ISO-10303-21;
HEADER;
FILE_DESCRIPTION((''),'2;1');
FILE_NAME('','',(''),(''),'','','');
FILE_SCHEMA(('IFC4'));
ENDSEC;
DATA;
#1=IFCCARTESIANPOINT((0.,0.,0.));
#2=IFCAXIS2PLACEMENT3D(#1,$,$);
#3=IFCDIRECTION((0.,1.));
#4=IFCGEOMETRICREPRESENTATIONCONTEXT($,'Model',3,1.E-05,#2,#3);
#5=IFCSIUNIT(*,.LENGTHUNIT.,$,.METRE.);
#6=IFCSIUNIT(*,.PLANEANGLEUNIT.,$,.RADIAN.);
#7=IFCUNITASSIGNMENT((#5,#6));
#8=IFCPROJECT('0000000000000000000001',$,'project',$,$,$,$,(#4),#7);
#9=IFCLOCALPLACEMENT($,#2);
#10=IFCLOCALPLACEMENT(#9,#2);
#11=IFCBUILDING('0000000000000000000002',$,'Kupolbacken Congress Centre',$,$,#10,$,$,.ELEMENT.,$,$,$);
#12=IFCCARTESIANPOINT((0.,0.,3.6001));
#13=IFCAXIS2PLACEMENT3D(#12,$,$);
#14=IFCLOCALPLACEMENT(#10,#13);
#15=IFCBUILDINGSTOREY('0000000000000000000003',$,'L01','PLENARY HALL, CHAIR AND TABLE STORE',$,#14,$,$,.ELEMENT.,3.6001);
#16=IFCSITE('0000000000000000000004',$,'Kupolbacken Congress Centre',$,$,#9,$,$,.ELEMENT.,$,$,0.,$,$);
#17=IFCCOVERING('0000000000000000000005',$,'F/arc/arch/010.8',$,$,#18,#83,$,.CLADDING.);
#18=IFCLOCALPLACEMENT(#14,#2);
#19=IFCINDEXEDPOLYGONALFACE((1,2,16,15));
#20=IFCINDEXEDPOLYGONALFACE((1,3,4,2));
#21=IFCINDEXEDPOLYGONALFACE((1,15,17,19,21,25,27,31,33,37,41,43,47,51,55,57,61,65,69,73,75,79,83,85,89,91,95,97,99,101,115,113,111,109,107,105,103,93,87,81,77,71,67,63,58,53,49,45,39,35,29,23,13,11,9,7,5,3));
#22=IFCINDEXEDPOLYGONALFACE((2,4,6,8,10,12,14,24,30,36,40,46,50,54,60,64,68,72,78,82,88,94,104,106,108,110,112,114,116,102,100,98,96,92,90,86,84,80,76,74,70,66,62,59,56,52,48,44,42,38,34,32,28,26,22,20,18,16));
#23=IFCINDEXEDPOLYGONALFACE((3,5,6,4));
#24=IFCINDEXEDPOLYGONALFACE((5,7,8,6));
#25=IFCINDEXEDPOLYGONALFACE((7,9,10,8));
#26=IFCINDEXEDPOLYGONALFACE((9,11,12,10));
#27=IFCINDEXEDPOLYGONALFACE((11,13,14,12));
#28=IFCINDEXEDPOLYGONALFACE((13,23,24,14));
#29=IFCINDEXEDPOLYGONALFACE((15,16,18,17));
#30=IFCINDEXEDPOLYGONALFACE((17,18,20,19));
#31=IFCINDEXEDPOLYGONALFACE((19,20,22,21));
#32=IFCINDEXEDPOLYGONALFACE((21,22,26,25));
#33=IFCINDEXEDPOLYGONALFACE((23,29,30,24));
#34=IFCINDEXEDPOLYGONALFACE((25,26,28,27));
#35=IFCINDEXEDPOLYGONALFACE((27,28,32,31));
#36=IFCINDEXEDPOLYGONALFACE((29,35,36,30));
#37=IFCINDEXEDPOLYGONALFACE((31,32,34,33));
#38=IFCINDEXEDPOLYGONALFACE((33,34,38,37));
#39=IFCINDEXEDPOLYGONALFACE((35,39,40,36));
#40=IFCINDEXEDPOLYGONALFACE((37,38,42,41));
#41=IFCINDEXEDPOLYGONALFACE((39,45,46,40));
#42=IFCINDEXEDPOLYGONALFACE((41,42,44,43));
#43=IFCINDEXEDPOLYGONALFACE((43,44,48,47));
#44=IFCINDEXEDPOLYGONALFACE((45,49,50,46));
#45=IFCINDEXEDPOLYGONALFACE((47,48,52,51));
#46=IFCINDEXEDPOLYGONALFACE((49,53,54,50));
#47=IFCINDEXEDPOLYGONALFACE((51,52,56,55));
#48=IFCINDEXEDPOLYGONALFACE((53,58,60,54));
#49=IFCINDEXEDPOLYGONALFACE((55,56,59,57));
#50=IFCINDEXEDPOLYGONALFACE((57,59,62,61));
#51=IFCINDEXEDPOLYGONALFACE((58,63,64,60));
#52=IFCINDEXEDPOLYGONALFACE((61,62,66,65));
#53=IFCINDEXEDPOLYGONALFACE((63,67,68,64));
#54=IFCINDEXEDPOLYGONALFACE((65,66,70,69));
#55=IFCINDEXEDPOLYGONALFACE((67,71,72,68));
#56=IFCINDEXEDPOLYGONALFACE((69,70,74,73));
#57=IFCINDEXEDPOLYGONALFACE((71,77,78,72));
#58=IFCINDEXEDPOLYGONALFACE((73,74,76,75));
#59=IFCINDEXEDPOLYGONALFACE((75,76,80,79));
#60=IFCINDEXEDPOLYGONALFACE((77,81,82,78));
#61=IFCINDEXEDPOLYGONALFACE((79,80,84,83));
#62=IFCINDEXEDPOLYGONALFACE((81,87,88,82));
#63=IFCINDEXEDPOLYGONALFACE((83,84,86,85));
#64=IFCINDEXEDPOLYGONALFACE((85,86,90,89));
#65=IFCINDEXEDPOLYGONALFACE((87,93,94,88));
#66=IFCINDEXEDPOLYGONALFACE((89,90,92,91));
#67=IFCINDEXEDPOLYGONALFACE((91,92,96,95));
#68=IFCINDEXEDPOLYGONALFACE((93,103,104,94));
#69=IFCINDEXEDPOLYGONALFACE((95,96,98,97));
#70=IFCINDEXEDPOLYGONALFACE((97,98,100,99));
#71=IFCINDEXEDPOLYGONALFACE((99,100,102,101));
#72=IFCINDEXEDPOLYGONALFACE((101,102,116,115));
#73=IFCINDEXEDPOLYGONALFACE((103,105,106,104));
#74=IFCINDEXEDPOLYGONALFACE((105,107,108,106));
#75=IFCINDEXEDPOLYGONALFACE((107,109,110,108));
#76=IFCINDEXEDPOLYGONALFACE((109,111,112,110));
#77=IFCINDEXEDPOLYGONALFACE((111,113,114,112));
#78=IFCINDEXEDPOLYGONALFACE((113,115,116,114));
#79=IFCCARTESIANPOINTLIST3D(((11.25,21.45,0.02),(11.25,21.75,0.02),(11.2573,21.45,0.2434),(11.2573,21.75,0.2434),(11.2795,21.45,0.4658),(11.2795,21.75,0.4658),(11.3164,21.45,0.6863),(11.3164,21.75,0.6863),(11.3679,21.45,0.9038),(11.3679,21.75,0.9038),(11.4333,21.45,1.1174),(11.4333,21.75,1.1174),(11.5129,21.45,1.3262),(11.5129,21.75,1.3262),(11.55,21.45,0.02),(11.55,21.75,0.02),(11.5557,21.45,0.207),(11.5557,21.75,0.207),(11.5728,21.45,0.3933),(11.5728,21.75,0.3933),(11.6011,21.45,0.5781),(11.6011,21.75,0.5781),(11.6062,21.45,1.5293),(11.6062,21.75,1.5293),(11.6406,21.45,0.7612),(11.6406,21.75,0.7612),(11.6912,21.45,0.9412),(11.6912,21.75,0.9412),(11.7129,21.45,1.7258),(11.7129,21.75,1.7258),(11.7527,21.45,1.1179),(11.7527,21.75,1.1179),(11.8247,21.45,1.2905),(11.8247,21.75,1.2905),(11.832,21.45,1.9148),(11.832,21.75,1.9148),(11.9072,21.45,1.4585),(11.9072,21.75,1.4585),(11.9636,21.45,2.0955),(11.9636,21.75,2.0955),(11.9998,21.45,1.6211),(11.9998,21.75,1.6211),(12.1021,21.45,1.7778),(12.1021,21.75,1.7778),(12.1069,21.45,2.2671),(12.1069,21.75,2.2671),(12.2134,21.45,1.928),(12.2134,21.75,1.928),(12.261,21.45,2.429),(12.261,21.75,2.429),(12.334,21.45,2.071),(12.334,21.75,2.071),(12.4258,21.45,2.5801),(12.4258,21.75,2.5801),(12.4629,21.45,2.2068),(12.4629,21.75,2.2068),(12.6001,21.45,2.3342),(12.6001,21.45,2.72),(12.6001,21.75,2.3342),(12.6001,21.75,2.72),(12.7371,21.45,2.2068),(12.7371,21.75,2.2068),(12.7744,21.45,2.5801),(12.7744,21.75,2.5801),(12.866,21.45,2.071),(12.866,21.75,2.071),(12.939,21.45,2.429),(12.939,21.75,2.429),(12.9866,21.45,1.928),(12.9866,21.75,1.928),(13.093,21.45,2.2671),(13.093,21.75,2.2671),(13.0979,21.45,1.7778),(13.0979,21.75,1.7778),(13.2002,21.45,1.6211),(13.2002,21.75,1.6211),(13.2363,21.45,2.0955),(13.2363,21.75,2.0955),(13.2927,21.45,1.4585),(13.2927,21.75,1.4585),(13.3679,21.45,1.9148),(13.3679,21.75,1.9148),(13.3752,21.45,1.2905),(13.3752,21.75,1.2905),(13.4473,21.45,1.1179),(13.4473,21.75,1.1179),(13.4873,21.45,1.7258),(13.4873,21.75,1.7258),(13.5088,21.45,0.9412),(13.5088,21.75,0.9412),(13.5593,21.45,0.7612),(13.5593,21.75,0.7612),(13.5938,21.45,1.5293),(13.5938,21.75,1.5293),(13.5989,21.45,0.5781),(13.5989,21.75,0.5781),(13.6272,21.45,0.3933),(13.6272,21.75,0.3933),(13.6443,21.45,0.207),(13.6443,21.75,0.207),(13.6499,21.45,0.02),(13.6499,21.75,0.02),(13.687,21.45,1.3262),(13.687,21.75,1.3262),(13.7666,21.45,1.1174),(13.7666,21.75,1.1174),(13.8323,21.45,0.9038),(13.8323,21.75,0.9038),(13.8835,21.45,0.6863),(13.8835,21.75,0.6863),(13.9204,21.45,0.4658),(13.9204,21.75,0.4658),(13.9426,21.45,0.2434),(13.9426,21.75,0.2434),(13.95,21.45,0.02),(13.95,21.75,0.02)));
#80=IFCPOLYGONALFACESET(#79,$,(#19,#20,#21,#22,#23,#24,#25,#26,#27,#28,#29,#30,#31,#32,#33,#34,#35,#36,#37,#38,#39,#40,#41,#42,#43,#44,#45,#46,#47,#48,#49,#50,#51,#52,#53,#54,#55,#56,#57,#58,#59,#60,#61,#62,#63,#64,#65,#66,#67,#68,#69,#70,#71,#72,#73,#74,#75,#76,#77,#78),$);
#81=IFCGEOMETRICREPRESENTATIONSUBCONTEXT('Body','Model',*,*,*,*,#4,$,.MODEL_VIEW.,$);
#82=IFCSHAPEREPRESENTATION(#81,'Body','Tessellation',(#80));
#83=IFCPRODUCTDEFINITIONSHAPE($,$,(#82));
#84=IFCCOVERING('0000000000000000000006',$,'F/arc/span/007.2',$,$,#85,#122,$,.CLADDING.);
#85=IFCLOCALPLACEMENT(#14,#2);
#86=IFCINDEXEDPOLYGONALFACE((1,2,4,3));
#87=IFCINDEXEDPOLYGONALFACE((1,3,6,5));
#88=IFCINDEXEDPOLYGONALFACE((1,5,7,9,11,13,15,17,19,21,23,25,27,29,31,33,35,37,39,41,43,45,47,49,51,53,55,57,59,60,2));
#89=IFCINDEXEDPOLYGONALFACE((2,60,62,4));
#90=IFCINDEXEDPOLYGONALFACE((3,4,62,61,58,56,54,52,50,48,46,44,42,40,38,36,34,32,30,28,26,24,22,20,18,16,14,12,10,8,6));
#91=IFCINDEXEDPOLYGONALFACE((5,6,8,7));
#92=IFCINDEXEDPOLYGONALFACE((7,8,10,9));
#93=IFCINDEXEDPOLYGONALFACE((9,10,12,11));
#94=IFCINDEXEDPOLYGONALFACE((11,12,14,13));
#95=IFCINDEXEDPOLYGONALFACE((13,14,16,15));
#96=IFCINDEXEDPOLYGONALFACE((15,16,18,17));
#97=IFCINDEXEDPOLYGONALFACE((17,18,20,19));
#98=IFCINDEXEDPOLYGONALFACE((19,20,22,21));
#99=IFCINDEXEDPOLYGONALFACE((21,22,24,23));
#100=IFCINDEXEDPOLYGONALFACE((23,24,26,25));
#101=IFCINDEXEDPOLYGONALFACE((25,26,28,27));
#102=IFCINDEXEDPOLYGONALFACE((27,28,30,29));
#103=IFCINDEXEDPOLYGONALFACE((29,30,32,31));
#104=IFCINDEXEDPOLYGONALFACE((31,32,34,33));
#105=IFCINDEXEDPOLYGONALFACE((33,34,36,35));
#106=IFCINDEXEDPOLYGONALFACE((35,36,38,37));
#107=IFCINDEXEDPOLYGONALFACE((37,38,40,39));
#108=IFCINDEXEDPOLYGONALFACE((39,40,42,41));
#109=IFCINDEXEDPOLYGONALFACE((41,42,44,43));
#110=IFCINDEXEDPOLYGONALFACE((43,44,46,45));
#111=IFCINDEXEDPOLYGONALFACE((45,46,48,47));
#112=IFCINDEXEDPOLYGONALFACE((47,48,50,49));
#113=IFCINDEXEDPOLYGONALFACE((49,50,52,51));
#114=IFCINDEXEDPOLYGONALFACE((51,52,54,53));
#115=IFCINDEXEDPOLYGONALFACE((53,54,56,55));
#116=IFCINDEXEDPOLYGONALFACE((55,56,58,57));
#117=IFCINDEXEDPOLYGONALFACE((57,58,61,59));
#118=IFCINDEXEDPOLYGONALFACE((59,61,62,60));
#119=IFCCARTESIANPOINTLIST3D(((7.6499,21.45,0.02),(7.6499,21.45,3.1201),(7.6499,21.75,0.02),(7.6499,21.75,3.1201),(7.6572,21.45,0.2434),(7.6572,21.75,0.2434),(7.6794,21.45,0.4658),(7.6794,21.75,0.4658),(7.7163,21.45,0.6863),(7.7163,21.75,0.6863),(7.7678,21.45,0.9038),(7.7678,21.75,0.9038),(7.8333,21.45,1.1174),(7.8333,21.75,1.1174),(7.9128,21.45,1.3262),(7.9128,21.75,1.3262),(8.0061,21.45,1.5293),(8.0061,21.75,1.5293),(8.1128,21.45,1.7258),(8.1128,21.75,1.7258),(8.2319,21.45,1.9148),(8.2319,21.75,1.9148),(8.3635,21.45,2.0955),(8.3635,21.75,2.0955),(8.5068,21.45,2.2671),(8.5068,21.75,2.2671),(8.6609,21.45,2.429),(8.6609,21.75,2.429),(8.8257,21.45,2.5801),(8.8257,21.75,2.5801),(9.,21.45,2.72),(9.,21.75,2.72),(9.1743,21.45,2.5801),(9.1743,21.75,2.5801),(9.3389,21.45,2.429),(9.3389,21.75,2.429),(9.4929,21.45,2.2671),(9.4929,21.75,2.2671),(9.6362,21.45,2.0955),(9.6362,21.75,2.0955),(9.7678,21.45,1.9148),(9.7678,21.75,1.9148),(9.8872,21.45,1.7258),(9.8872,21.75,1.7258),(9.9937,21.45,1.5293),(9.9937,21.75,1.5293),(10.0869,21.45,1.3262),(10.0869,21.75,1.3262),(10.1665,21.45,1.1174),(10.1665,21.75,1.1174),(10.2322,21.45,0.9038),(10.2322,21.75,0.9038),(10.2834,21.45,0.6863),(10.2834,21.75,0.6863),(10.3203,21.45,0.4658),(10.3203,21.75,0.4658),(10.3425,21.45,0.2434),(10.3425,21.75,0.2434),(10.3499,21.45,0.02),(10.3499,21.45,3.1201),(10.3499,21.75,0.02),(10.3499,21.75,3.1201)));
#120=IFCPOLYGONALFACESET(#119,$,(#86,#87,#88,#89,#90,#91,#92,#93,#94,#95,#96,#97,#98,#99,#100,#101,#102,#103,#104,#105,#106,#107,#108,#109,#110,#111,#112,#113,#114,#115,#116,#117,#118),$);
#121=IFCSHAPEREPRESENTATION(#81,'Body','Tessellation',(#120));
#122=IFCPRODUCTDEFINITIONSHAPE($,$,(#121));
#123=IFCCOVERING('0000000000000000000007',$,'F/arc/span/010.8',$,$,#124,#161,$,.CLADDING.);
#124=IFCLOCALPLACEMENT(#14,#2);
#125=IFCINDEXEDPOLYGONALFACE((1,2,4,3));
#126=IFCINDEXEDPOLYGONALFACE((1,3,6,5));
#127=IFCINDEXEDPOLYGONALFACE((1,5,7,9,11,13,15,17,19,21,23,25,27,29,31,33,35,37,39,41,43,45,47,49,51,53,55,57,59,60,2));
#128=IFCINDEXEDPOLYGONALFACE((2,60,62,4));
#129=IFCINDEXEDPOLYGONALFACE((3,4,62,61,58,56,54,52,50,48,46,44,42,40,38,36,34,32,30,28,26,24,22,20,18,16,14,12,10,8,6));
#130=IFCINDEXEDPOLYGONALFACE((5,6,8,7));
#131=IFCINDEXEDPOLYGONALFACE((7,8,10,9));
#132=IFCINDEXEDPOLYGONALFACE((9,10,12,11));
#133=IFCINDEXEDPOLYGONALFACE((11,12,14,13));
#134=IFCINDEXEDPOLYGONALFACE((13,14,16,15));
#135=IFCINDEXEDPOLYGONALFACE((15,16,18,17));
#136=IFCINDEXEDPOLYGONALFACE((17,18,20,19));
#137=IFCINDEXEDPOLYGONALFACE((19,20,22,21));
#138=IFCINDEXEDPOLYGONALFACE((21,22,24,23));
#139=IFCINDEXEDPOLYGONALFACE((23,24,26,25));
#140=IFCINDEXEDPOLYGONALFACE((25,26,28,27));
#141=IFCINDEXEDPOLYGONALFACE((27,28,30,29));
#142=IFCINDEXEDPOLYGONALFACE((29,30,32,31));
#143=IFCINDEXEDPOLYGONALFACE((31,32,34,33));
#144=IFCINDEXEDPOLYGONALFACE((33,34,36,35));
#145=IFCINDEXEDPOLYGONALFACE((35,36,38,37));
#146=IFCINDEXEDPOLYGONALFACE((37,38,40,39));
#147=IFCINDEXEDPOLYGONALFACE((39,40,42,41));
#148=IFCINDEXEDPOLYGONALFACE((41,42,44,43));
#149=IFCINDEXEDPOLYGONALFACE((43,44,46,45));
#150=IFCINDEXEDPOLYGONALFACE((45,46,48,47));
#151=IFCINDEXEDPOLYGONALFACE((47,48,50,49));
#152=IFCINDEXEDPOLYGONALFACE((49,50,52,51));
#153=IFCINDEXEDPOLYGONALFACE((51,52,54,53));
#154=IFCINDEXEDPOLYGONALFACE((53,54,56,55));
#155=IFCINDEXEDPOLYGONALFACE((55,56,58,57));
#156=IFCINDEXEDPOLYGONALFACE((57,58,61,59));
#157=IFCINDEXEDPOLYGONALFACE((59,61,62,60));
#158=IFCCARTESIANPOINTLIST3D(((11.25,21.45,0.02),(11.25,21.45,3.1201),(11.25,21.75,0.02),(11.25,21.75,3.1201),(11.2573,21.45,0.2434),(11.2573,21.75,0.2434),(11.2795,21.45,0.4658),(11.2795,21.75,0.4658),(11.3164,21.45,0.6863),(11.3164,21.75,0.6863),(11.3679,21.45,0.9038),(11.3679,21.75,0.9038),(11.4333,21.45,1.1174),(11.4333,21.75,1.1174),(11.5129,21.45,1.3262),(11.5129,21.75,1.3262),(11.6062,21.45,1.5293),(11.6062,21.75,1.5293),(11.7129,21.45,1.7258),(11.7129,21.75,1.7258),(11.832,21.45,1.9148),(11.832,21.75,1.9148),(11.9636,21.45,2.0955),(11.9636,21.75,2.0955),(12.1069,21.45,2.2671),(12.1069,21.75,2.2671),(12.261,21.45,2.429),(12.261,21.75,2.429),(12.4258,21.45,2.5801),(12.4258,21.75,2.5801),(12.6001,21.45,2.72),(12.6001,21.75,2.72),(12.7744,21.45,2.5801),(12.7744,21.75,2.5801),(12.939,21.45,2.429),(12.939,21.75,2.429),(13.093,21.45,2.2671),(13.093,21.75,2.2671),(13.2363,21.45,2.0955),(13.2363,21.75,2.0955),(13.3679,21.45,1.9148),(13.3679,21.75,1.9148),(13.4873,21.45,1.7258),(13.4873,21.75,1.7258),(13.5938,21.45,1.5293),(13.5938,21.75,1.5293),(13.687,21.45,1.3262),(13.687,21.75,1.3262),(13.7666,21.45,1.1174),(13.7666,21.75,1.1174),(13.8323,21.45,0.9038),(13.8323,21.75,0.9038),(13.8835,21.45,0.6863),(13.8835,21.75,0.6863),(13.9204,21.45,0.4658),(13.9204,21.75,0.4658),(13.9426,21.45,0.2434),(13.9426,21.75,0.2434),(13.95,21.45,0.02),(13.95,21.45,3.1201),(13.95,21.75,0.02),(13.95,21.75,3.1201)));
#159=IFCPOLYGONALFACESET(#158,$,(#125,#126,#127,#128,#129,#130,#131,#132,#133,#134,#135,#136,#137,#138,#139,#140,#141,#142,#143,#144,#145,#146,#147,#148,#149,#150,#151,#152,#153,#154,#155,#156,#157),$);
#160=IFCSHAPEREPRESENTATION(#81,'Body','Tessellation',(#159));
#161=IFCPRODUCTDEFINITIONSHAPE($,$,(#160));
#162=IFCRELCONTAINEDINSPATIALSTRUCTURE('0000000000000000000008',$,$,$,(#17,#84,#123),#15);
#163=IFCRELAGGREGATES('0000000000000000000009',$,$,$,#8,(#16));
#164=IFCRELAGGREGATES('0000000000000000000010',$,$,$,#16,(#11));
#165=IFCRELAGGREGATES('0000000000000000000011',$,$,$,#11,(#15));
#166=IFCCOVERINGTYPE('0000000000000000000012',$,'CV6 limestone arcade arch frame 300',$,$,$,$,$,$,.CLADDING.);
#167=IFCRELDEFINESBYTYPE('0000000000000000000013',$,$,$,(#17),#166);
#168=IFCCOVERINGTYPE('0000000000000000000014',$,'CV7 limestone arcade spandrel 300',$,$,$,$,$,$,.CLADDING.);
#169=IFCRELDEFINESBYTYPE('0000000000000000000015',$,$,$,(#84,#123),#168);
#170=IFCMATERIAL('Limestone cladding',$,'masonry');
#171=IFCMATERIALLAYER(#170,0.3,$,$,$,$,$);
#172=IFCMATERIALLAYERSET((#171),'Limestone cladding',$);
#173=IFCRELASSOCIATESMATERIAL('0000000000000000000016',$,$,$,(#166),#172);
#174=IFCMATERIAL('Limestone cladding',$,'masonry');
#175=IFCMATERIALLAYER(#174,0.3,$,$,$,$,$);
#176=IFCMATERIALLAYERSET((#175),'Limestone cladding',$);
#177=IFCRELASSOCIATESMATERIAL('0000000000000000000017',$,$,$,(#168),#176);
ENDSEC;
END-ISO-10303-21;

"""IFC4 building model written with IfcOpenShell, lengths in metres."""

from ifc_helpers import new_model, si_unit, direction, frame, origin, place, context, subcontext, project, spatial, polyline, outline, extrude, material, layer, layer_set, type_object, element, save


model = new_model("IFC4")

# Units and contexts
model_context = context("Model", 3, precision=1e-05, world=origin(), true_north=direction((0.0, 1.0)))
body_context = subcontext(model_context, "Body", "Model", "MODEL_VIEW")
ifc_project = project(units=[si_unit("LENGTHUNIT", "METRE"), si_unit("PLANEANGLEUNIT", "RADIAN")], contexts=[model_context])

# Site, building, storey
site_placement = place(None, origin())
site = spatial("IfcSite", under=ifc_project, at=site_placement, Name="Kupolbacken Congress Centre", CompositionType="ELEMENT", RefElevation=0.0)
building_placement = place(site_placement, origin())
building = spatial("IfcBuilding", under=site, at=building_placement, Name="Kupolbacken Congress Centre", CompositionType="ELEMENT")
storey_placement = place(building_placement, frame((0.0, 0.0, 3.6001)))
storey = spatial("IfcBuildingStorey", under=building, at=storey_placement, Name="L01", Description="PLENARY HALL, CHAIR AND TABLE STORE", CompositionType="ELEMENT", Elevation=3.6001)

# Coverings
ifc_material_1 = material(Name="Limestone cladding", Category="masonry")
ifc_layer_1 = layer(ifc_material_1, 0.3)
ifc_layer_set_1 = layer_set([ifc_layer_1], Name="Limestone cladding")
covering_type_1 = type_object("IfcCoveringType", Name="CV6 limestone arcade arch frame 300", PredefinedType="CLADDING", material=ifc_layer_set_1)
covering_1_placement = place(storey_placement, frame((11.25, 21.45, 0.02), z_axis=(0.0, 1.0, 0.0), x_axis=(-1.0, 0.0, 0.0)))
element("IfcCovering", 1, at=covering_1_placement, inside=storey, type_object=covering_type_1, Name="F/arc/arch/010.8", PredefinedType="CLADDING", context=body_context, shape_type="SweptSolid", body=[
    extrude(outline(polyline([(0.0, 0.0), (-0.0073, 0.2234), (-0.0295, 0.4458), (-0.0664, 0.6663), (-0.1179, 0.8838), (-0.1833, 1.0974), (-0.2629, 1.3062), (-0.3562, 1.5093), (-0.4629, 1.7058), (-0.582, 1.8948), (-0.7136, 2.0754), (-0.8569, 2.2471), (-1.011, 2.4089), (-1.1758, 2.5601), (-1.3501, 2.7), (-1.5244, 2.5601), (-1.689, 2.4089), (-1.843, 2.2471), (-1.9863, 2.0754), (-2.1179, 1.8948), (-2.2373, 1.7058), (-2.3438, 1.5093), (-2.437, 1.3062), (-2.5166, 1.0974), (-2.5823, 0.8838), (-2.6335, 0.6663), (-2.6704, 0.4458), (-2.6926, 0.2234), (-2.7, 0.0), (-2.3999, 0.0), (-2.3943, 0.187), (-2.3772, 0.3733), (-2.3489, 0.5581), (-2.3093, 0.7412), (-2.2588, 0.9211), (-2.1973, 1.0979), (-2.1252, 1.2705), (-2.0427, 1.4385), (-1.9502, 1.6011), (-1.8479, 1.7578), (-1.7366, 1.908), (-1.616, 2.051), (-1.4871, 2.1868), (-1.3501, 2.3142), (-1.2129, 2.1868), (-1.084, 2.051), (-0.9634, 1.908), (-0.8521, 1.7578), (-0.7498, 1.6011), (-0.6572, 1.4385), (-0.5747, 1.2705), (-0.5027, 1.0979), (-0.4412, 0.9211), (-0.3906, 0.7412), (-0.3511, 0.5581), (-0.3228, 0.3733), (-0.3057, 0.187), (-0.3, 0.0), (0.0, 0.0)])), origin(), (0.0, 0.0, 1.0), 0.3),
])
ifc_material_2 = material(Name="Limestone cladding", Category="masonry")
ifc_layer_2 = layer(ifc_material_2, 0.3)
ifc_layer_set_2 = layer_set([ifc_layer_2], Name="Limestone cladding")
covering_type_2 = type_object("IfcCoveringType", Name="CV7 limestone arcade spandrel 300", PredefinedType="CLADDING", material=ifc_layer_set_2)
for number, where, z_axis, x_axis, name in (
    (2, (7.6499, 21.45, 0.02), (0.0, 1.0, 0.0), (-1.0, 0.0, 0.0), "F/arc/span/007.2"),
    (3, (11.25, 21.45, 0.02), (0.0, 1.0, 0.0), (-1.0, 0.0, 0.0), "F/arc/span/010.8"),
):
    element("IfcCovering", number, at=place(storey_placement, frame(where, z_axis=z_axis, x_axis=x_axis)), inside=storey, type_object=covering_type_2, Name=name, PredefinedType="CLADDING", context=body_context, shape_type="SweptSolid", body=[
        extrude(outline(polyline([(0.0, 0.0), (0.0, 3.1001), (-2.7, 3.1001), (-2.7, 0.0), (-2.6926, 0.2234), (-2.6704, 0.4458), (-2.6335, 0.6663), (-2.5823, 0.8838), (-2.5166, 1.0974), (-2.437, 1.3062), (-2.3438, 1.5093), (-2.2373, 1.7058), (-2.1179, 1.8948), (-1.9863, 2.0754), (-1.843, 2.2471), (-1.689, 2.4089), (-1.5244, 2.5601), (-1.3501, 2.7), (-1.1758, 2.5601), (-1.011, 2.4089), (-0.8569, 2.2471), (-0.7136, 2.0754), (-0.582, 1.8948), (-0.4629, 1.7058), (-0.3562, 1.5093), (-0.2629, 1.3062), (-0.1833, 1.0974), (-0.1179, 0.8838), (-0.0664, 0.6663), (-0.0295, 0.4458), (-0.0073, 0.2234), (0.0, 0.0)])), origin(), (0.0, 0.0, 1.0), 0.3),
    ])

save(model, "model.ifc")
